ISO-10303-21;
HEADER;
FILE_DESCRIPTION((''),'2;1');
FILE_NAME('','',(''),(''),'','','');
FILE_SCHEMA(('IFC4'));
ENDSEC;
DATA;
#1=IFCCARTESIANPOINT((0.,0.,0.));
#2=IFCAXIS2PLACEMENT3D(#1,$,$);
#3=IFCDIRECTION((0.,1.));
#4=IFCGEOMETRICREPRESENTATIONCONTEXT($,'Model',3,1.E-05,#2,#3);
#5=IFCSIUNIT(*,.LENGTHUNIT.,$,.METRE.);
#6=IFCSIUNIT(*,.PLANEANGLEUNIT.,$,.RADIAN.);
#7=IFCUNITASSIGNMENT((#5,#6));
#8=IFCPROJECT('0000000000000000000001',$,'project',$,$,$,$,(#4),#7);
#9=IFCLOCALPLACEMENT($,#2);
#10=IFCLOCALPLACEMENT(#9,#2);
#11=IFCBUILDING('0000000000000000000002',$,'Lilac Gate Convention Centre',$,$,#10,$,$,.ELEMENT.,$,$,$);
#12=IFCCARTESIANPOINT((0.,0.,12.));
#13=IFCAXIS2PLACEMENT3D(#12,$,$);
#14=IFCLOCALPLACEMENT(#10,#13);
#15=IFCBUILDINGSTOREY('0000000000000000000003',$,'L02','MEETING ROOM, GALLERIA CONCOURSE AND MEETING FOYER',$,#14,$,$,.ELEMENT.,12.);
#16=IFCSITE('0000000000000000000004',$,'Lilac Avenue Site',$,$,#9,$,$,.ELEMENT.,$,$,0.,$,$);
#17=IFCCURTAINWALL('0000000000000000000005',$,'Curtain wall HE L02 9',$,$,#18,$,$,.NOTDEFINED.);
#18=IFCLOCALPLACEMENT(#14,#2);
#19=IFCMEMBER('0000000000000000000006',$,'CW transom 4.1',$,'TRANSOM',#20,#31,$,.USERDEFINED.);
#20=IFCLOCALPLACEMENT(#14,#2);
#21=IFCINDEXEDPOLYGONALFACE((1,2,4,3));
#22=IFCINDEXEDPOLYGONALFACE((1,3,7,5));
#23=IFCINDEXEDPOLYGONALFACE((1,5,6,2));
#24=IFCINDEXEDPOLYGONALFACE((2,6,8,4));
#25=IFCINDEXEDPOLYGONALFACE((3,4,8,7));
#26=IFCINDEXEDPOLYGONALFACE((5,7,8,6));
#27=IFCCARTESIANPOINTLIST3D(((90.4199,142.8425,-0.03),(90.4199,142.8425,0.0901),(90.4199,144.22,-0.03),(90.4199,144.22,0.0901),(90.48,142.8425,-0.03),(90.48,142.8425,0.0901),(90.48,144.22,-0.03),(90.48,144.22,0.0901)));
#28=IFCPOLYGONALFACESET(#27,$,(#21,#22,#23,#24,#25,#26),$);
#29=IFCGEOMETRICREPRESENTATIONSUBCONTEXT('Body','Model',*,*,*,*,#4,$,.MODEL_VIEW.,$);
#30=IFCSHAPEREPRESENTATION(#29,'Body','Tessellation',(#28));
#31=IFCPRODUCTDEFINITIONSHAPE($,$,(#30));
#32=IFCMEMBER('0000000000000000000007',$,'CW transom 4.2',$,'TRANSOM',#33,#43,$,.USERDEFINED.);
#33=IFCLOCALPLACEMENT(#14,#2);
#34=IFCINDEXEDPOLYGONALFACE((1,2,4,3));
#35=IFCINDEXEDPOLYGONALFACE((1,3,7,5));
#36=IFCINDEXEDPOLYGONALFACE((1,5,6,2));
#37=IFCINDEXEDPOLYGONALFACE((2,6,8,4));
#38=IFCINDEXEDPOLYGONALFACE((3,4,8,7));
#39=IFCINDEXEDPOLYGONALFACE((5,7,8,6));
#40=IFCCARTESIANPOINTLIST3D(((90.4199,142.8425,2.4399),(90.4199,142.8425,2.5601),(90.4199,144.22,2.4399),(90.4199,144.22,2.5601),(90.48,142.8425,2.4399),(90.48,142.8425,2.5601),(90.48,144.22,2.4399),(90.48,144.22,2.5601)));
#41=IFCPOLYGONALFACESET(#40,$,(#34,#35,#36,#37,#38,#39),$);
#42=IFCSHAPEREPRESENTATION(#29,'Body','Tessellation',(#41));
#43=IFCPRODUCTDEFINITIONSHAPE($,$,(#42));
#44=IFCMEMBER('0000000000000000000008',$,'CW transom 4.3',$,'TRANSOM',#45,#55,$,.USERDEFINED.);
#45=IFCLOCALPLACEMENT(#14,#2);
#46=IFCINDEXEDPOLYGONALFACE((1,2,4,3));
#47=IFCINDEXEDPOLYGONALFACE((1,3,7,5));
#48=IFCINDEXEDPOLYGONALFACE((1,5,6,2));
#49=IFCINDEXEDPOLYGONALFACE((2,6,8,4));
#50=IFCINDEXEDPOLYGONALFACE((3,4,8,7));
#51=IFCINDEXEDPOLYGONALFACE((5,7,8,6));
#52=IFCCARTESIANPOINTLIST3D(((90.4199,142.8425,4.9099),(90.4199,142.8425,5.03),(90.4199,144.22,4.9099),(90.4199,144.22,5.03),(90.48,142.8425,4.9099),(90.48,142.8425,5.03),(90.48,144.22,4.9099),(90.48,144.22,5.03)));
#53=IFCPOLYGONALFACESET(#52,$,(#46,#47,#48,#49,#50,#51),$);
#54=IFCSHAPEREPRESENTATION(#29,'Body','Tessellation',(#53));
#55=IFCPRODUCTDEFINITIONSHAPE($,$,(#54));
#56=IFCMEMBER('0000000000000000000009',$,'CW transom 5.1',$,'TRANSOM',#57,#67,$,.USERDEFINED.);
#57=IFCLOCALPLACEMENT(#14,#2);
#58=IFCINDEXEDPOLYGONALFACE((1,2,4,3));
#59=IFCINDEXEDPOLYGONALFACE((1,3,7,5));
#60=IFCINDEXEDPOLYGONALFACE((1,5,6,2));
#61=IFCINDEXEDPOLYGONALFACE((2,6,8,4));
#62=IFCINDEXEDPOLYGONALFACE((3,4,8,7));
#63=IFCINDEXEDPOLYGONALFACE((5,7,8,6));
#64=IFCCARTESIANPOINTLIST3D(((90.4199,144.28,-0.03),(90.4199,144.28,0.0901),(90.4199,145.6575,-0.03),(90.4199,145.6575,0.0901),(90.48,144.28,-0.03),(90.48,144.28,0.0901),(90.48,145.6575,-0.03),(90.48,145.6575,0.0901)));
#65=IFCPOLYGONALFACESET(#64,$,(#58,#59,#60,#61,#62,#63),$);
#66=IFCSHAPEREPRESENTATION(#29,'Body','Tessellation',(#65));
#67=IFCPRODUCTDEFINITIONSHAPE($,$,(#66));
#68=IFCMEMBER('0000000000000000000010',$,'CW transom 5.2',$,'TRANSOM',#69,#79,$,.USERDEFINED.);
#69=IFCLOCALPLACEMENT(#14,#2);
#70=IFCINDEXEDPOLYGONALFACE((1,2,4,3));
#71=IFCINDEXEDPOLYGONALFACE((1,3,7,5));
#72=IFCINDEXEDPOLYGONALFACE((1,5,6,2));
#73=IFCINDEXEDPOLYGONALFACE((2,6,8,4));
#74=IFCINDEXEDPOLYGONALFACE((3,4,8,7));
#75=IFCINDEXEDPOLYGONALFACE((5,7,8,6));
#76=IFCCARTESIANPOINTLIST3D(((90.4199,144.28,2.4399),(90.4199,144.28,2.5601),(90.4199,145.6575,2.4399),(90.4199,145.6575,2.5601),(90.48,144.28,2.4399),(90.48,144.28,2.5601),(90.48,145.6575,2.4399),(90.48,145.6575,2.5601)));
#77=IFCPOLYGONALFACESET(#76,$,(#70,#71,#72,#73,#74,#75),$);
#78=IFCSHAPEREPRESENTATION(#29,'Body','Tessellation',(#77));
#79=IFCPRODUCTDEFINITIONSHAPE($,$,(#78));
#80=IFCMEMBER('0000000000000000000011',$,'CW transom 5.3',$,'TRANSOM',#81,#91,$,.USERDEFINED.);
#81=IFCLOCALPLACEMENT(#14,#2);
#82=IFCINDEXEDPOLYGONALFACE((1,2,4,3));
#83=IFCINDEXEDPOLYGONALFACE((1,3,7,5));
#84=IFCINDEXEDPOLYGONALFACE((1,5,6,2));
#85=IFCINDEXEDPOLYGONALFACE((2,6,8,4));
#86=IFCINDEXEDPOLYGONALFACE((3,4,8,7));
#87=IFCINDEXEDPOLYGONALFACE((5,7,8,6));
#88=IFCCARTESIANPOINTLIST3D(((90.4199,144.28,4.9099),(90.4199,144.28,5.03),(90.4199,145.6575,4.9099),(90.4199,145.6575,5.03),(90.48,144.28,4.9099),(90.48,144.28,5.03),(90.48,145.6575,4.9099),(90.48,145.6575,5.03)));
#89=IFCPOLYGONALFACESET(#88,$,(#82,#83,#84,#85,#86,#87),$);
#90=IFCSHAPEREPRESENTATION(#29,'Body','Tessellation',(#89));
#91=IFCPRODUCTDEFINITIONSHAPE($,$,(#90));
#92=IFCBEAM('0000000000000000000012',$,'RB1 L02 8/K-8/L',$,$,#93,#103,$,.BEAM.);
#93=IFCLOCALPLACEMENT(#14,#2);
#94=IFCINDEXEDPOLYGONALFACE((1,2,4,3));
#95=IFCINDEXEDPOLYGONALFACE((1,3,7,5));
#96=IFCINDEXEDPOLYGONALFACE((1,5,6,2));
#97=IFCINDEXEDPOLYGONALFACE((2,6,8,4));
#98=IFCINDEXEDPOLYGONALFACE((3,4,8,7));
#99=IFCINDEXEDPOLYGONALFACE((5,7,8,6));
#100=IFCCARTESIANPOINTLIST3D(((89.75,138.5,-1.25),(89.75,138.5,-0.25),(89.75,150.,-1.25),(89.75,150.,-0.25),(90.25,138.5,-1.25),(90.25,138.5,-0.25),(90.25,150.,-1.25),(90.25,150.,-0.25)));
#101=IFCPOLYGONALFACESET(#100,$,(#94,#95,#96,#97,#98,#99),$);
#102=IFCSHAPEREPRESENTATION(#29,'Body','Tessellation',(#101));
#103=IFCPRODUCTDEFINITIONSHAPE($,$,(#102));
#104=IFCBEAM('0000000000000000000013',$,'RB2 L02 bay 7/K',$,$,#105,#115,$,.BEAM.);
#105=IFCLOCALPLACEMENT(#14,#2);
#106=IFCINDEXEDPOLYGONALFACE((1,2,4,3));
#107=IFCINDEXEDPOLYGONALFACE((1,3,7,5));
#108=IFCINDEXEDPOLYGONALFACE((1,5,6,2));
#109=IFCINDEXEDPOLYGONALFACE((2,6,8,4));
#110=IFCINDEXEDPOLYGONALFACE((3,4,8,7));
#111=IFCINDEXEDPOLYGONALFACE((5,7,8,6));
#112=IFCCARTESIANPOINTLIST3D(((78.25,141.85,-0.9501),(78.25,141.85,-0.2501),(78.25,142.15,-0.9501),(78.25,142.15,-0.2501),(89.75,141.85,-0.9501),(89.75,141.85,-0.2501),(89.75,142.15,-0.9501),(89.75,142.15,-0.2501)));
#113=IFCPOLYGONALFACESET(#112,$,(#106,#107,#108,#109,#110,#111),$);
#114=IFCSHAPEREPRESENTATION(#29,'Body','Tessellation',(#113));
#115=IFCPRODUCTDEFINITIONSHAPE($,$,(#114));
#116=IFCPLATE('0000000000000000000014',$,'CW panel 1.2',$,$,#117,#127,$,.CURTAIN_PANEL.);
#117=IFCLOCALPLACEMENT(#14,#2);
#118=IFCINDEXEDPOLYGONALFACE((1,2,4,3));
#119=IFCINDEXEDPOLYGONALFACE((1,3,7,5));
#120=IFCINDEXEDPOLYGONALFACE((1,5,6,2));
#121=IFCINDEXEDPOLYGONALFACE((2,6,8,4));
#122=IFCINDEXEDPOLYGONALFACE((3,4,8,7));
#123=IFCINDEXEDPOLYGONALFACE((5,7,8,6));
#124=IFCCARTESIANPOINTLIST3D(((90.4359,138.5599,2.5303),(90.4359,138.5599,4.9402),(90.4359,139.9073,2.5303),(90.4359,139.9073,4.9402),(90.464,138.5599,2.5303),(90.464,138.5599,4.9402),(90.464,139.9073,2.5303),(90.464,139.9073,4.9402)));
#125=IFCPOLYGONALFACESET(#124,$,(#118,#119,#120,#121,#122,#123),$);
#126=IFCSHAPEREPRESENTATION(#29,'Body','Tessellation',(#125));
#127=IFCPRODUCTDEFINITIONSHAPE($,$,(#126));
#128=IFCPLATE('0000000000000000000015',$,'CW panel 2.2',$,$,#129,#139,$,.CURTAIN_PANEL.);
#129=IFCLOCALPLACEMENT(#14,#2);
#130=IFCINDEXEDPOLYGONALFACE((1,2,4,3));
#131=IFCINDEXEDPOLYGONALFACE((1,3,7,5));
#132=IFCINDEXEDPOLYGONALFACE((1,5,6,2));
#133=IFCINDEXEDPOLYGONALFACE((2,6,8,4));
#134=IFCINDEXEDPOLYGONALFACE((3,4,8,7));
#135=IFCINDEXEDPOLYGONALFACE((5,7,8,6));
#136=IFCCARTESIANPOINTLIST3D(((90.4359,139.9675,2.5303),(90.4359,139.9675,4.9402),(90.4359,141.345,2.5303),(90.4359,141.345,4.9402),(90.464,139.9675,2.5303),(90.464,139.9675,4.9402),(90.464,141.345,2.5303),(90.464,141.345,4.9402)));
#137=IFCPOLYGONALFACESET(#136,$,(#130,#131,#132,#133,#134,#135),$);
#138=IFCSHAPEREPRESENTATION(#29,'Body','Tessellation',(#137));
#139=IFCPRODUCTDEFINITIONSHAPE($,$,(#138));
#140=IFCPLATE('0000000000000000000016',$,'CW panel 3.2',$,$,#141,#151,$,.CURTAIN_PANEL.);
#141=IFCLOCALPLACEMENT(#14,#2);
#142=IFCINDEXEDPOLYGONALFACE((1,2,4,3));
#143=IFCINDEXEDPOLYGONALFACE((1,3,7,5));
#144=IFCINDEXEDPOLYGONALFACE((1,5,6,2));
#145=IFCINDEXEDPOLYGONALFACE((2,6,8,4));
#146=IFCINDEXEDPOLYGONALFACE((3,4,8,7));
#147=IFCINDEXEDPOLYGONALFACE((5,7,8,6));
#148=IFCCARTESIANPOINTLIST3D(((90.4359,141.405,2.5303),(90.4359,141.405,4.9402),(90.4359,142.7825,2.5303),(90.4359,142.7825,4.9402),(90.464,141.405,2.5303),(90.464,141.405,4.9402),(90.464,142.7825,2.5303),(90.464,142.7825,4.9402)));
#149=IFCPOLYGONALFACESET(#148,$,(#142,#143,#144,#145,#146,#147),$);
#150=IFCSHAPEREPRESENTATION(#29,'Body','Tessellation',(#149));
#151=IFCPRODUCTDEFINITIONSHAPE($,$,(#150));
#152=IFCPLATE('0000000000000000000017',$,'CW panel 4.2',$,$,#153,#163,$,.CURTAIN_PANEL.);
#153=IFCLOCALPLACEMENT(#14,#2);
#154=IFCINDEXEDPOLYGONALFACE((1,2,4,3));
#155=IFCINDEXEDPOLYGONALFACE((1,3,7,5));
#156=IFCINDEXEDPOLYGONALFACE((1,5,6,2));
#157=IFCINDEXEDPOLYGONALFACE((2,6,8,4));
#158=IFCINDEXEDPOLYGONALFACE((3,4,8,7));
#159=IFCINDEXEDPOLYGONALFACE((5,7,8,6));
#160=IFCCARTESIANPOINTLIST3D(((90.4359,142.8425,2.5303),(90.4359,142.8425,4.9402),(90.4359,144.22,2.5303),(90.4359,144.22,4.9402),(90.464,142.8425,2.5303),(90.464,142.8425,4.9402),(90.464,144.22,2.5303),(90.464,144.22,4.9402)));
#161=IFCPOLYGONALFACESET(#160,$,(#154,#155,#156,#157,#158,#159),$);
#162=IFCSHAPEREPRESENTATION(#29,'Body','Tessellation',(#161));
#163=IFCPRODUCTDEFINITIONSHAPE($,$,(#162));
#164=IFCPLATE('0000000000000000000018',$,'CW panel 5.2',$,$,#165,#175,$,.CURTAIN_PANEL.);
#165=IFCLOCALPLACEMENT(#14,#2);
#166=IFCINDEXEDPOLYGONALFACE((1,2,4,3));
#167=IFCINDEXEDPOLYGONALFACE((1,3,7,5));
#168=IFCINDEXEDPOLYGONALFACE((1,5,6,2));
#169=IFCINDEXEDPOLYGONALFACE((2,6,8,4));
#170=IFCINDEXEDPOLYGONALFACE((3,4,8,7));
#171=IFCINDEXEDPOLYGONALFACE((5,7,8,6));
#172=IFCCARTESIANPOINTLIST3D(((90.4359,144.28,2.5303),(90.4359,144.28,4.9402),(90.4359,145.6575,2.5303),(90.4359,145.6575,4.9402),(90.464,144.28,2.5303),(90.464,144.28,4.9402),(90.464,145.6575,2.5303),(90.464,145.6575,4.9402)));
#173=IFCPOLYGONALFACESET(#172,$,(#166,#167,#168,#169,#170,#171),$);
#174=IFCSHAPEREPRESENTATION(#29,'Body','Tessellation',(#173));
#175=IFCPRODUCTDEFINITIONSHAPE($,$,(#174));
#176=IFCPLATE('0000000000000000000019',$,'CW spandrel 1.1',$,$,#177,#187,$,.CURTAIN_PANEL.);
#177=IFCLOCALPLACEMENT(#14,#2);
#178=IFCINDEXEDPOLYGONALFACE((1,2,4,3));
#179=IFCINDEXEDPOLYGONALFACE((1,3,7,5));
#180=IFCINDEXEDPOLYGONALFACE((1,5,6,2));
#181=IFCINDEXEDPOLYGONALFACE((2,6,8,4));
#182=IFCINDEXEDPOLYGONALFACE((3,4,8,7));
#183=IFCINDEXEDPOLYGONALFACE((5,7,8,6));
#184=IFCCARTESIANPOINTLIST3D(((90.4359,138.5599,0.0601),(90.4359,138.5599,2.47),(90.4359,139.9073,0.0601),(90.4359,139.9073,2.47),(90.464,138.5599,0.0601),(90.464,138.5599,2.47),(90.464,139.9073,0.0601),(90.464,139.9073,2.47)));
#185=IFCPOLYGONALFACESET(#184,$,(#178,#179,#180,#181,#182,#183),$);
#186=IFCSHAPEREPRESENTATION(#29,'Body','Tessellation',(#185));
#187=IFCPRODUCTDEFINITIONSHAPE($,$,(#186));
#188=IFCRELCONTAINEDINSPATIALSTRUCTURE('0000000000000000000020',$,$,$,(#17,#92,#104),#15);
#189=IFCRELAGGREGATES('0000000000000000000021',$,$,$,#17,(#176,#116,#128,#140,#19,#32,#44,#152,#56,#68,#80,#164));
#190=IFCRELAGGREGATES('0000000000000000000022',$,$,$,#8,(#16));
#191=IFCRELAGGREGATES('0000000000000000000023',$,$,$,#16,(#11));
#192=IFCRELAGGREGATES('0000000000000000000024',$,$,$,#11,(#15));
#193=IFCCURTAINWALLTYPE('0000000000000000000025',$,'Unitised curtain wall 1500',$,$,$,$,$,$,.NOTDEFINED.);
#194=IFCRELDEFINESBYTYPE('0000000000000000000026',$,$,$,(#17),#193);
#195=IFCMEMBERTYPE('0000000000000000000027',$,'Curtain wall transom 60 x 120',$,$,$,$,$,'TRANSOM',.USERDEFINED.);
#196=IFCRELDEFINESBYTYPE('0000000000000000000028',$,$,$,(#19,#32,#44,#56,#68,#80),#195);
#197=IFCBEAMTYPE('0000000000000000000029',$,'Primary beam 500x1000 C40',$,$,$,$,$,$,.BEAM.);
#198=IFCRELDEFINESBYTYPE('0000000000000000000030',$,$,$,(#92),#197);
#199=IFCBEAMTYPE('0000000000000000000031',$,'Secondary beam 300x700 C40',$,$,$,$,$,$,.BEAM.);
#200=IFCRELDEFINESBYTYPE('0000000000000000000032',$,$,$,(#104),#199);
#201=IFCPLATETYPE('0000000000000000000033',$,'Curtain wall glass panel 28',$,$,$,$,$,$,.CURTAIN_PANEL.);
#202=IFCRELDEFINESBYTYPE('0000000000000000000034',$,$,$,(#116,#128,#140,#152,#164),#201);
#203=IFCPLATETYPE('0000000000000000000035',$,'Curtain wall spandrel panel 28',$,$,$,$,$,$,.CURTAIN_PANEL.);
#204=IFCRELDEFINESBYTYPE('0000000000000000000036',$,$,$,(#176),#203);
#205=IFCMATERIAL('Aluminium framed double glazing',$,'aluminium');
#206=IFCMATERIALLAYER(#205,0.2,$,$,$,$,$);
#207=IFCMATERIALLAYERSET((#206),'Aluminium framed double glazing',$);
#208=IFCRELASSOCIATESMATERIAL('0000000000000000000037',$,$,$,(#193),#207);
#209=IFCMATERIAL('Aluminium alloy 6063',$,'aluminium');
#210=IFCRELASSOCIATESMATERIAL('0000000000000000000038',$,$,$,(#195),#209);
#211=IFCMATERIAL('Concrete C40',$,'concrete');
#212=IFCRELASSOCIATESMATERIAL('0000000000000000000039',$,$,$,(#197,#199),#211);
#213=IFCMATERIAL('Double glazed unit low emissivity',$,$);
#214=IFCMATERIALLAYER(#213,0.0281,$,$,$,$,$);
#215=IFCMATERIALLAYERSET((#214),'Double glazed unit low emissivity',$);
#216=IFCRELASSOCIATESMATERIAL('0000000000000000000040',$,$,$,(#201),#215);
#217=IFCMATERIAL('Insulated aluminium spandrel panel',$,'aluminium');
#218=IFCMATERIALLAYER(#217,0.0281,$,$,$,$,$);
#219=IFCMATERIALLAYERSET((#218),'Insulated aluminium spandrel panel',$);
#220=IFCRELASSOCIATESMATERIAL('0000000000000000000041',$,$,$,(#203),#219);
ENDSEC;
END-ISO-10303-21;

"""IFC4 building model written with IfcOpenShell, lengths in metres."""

from ifc_helpers import new_model, si_unit, direction, frame, origin, origin_2d, place, context, subcontext, project, spatial, rectangle, extrude, material, layer, layer_set, material_profile, profile_set, type_object, element, aggregate, save


model = new_model("IFC4")

# Units and contexts
model_context = context("Model", 3, precision=1e-05, world=origin(), true_north=direction((0.0, 1.0)))
body_context = subcontext(model_context, "Body", "Model", "MODEL_VIEW")
ifc_project = project(units=[si_unit("LENGTHUNIT", "METRE"), si_unit("PLANEANGLEUNIT", "RADIAN")], contexts=[model_context])

# Site, building, storey
site_placement = place(None, origin())
site = spatial("IfcSite", under=ifc_project, at=site_placement, Name="Lilac Avenue Site", CompositionType="ELEMENT", RefElevation=0.0)
building_placement = place(site_placement, origin())
building = spatial("IfcBuilding", under=site, at=building_placement, Name="Lilac Gate Convention Centre", CompositionType="ELEMENT")
storey_placement = place(building_placement, frame((0.0, 0.0, 12.0)))
storey = spatial("IfcBuildingStorey", under=building, at=storey_placement, Name="L02", Description="MEETING ROOM, GALLERIA CONCOURSE AND MEETING FOYER", CompositionType="ELEMENT", Elevation=12.0)

# Curtain wall, members
ifc_material_1 = material(Name="Aluminium framed double glazing", Category="aluminium")
ifc_layer_1 = layer(ifc_material_1, 0.2)
ifc_layer_set_1 = layer_set([ifc_layer_1], Name="Aluminium framed double glazing")
curtain_wall_type = type_object("IfcCurtainWallType", Name="Unitised curtain wall 1500", PredefinedType="NOTDEFINED", material=ifc_layer_set_1)
curtain_wall_placement = place(storey_placement, origin())
curtain_wall = element("IfcCurtainWall", 1, at=curtain_wall_placement, inside=storey, type_object=curtain_wall_type, Name="Curtain wall HE L02 9", PredefinedType="NOTDEFINED")
ifc_material_2 = material(Name="Aluminium alloy 6063", Category="aluminium")
ifc_material_profile_1 = material_profile(ifc_material_2, rectangle(XDim=0.0601, YDim=0.1201, at=origin_2d()), Name="Curtain wall transom 60 x 120")
ifc_profile_set_1 = profile_set([ifc_material_profile_1], Name="Aluminium alloy 6063")
member_type_1 = type_object("IfcMemberType", Name="Curtain wall transom 60 x 120", ElementType="TRANSOM", PredefinedType="USERDEFINED", material=ifc_profile_set_1)
member_1_placement = place(storey_placement, frame((90.45, 142.8425, 0.03), z_axis=(0.0, 1.0, 0.0), x_axis=(-1.0, 0.0, 0.0)))
member_1 = element("IfcMember", 2, at=member_1_placement, type_object=member_type_1, Name="CW transom 4.1", ObjectType="TRANSOM", PredefinedType="USERDEFINED", context=body_context, shape_type="SweptSolid", body=[
    extrude(rectangle(XDim=0.0601, YDim=0.1201, at=origin_2d()), origin(), (0.0, 0.0, 1.0), 1.3774),
])
member_2_placement = place(storey_placement, frame((90.45, 142.8425, 2.5), z_axis=(0.0, 1.0, 0.0), x_axis=(-1.0, 0.0, 0.0)))
member_2 = element("IfcMember", 3, at=member_2_placement, type_object=member_type_1, Name="CW transom 4.2", ObjectType="TRANSOM", PredefinedType="USERDEFINED", context=body_context, shape_type="SweptSolid", body=[
    extrude(rectangle(XDim=0.0601, YDim=0.1201, at=origin_2d()), origin(), (0.0, 0.0, 1.0), 1.3774),
])
member_3_placement = place(storey_placement, frame((90.45, 142.8425, 4.97), z_axis=(0.0, 1.0, 0.0), x_axis=(-1.0, 0.0, 0.0)))
member_3 = element("IfcMember", 4, at=member_3_placement, type_object=member_type_1, Name="CW transom 4.3", ObjectType="TRANSOM", PredefinedType="USERDEFINED", context=body_context, shape_type="SweptSolid", body=[
    extrude(rectangle(XDim=0.0601, YDim=0.1201, at=origin_2d()), origin(), (0.0, 0.0, 1.0), 1.3774),
])
member_4_placement = place(storey_placement, frame((90.45, 144.28, 0.03), z_axis=(0.0, 1.0, 0.0), x_axis=(-1.0, 0.0, 0.0)))
member_4 = element("IfcMember", 5, at=member_4_placement, type_object=member_type_1, Name="CW transom 5.1", ObjectType="TRANSOM", PredefinedType="USERDEFINED", context=body_context, shape_type="SweptSolid", body=[
    extrude(rectangle(XDim=0.0601, YDim=0.1201, at=origin_2d()), origin(), (0.0, 0.0, 1.0), 1.3774),
])
member_5_placement = place(storey_placement, frame((90.45, 144.28, 2.5), z_axis=(0.0, 1.0, 0.0), x_axis=(-1.0, 0.0, 0.0)))
member_5 = element("IfcMember", 6, at=member_5_placement, type_object=member_type_1, Name="CW transom 5.2", ObjectType="TRANSOM", PredefinedType="USERDEFINED", context=body_context, shape_type="SweptSolid", body=[
    extrude(rectangle(XDim=0.0601, YDim=0.1201, at=origin_2d()), origin(), (0.0, 0.0, 1.0), 1.3774),
])
member_6_placement = place(storey_placement, frame((90.45, 144.28, 4.97), z_axis=(0.0, 1.0, 0.0), x_axis=(-1.0, 0.0, 0.0)))
member_6 = element("IfcMember", 7, at=member_6_placement, type_object=member_type_1, Name="CW transom 5.3", ObjectType="TRANSOM", PredefinedType="USERDEFINED", context=body_context, shape_type="SweptSolid", body=[
    extrude(rectangle(XDim=0.0601, YDim=0.1201, at=origin_2d()), origin(), (0.0, 0.0, 1.0), 1.3774),
])

# Beams
ifc_material_3 = material(Name="Concrete C40", Category="concrete")
ifc_material_profile_2 = material_profile(ifc_material_3, rectangle(XDim=0.5, YDim=1.0, at=origin_2d()), Name="RC 500x1000")
ifc_profile_set_2 = profile_set([ifc_material_profile_2], Name="Concrete C40")
beam_type_1 = type_object("IfcBeamType", Name="Primary beam 500x1000 C40", PredefinedType="BEAM", material=ifc_profile_set_2)
beam_1_placement = place(storey_placement, frame((90.0, 138.5, -0.75), z_axis=(0.0, 1.0, 0.0), x_axis=(-1.0, 0.0, 0.0)))
element("IfcBeam", 8, at=beam_1_placement, inside=storey, type_object=beam_type_1, Name="RB1 L02 8/K-8/L", PredefinedType="BEAM", context=body_context, shape_type="SweptSolid", body=[
    extrude(rectangle(XDim=0.5, YDim=1.0, at=origin_2d()), origin(), (0.0, 0.0, 1.0), 11.5),
])
ifc_material_profile_3 = material_profile(ifc_material_3, rectangle(XDim=0.3, YDim=0.7, at=origin_2d()), Name="RC 300x700")
ifc_profile_set_3 = profile_set([ifc_material_profile_3], Name="Concrete C40")
beam_type_2 = type_object("IfcBeamType", Name="Secondary beam 300x700 C40", PredefinedType="BEAM", material=ifc_profile_set_3)
beam_2_placement = place(storey_placement, frame((78.25, 142.0, -0.6001), z_axis=(1.0, 0.0, 0.0), x_axis=(0.0, 1.0, 0.0)))
element("IfcBeam", 9, at=beam_2_placement, inside=storey, type_object=beam_type_2, Name="RB2 L02 bay 7/K", PredefinedType="BEAM", context=body_context, shape_type="SweptSolid", body=[
    extrude(rectangle(XDim=0.3, YDim=0.7, at=origin_2d()), origin(), (0.0, 0.0, 1.0), 11.5),
])

# Plates
ifc_material_4 = material(Name="Double glazed unit low emissivity")
ifc_layer_2 = layer(ifc_material_4, 0.0281)
ifc_layer_set_2 = layer_set([ifc_layer_2], Name="Double glazed unit low emissivity")
plate_type_1 = type_object("IfcPlateType", Name="Curtain wall glass panel 28", PredefinedType="CURTAIN_PANEL", material=ifc_layer_set_2)
plate_1_placement = place(storey_placement, frame((90.45, 139.2336, 2.5303), z_axis=(0.0, 0.0, 1.0), x_axis=(0.0, 1.0, 0.0)))
plate_1 = element("IfcPlate", 10, at=plate_1_placement, type_object=plate_type_1, Name="CW panel 1.2", PredefinedType="CURTAIN_PANEL", context=body_context, shape_type="SweptSolid", body=[
    extrude(rectangle(XDim=1.3474, YDim=0.0281, at=origin_2d()), origin(), (0.0, 0.0, 1.0), 2.4099),
])
plate_2_placement = place(storey_placement, frame((90.45, 140.6562, 2.5303), z_axis=(0.0, 0.0, 1.0), x_axis=(0.0, 1.0, 0.0)))
plate_2 = element("IfcPlate", 11, at=plate_2_placement, type_object=plate_type_1, Name="CW panel 2.2", PredefinedType="CURTAIN_PANEL", context=body_context, shape_type="SweptSolid", body=[
    extrude(rectangle(XDim=1.3774, YDim=0.0281, at=origin_2d()), origin(), (0.0, 0.0, 1.0), 2.4099),
])
plate_3_placement = place(storey_placement, frame((90.45, 142.0938, 2.5303), z_axis=(0.0, 0.0, 1.0), x_axis=(0.0, 1.0, 0.0)))
plate_3 = element("IfcPlate", 12, at=plate_3_placement, type_object=plate_type_1, Name="CW panel 3.2", PredefinedType="CURTAIN_PANEL", context=body_context, shape_type="SweptSolid", body=[
    extrude(rectangle(XDim=1.3774, YDim=0.0281, at=origin_2d()), origin(), (0.0, 0.0, 1.0), 2.4099),
])
plate_4_placement = place(storey_placement, frame((90.45, 143.5312, 2.5303), z_axis=(0.0, 0.0, 1.0), x_axis=(0.0, 1.0, 0.0)))
plate_4 = element("IfcPlate", 13, at=plate_4_placement, type_object=plate_type_1, Name="CW panel 4.2", PredefinedType="CURTAIN_PANEL", context=body_context, shape_type="SweptSolid", body=[
    extrude(rectangle(XDim=1.3774, YDim=0.0281, at=origin_2d()), origin(), (0.0, 0.0, 1.0), 2.4099),
])
plate_5_placement = place(storey_placement, frame((90.45, 144.9688, 2.5303), z_axis=(0.0, 0.0, 1.0), x_axis=(0.0, 1.0, 0.0)))
plate_5 = element("IfcPlate", 14, at=plate_5_placement, type_object=plate_type_1, Name="CW panel 5.2", PredefinedType="CURTAIN_PANEL", context=body_context, shape_type="SweptSolid", body=[
    extrude(rectangle(XDim=1.3774, YDim=0.0281, at=origin_2d()), origin(), (0.0, 0.0, 1.0), 2.4099),
])
ifc_material_5 = material(Name="Insulated aluminium spandrel panel", Category="aluminium")
ifc_layer_3 = layer(ifc_material_5, 0.0281)
ifc_layer_set_3 = layer_set([ifc_layer_3], Name="Insulated aluminium spandrel panel")
plate_type_2 = type_object("IfcPlateType", Name="Curtain wall spandrel panel 28", PredefinedType="CURTAIN_PANEL", material=ifc_layer_set_3)
plate_6_placement = place(storey_placement, frame((90.45, 139.2336, 0.0601), z_axis=(0.0, 0.0, 1.0), x_axis=(0.0, 1.0, 0.0)))
plate_6 = element("IfcPlate", 15, at=plate_6_placement, type_object=plate_type_2, Name="CW spandrel 1.1", PredefinedType="CURTAIN_PANEL", context=body_context, shape_type="SweptSolid", body=[
    extrude(rectangle(XDim=1.3474, YDim=0.0281, at=origin_2d()), origin(), (0.0, 0.0, 1.0), 2.4099),
])
aggregate(curtain_wall, [plate_6, plate_1, plate_2, plate_3, member_1, member_2, member_3, plate_4, member_4, member_5, member_6, plate_5])

save(model, "model.ifc")
